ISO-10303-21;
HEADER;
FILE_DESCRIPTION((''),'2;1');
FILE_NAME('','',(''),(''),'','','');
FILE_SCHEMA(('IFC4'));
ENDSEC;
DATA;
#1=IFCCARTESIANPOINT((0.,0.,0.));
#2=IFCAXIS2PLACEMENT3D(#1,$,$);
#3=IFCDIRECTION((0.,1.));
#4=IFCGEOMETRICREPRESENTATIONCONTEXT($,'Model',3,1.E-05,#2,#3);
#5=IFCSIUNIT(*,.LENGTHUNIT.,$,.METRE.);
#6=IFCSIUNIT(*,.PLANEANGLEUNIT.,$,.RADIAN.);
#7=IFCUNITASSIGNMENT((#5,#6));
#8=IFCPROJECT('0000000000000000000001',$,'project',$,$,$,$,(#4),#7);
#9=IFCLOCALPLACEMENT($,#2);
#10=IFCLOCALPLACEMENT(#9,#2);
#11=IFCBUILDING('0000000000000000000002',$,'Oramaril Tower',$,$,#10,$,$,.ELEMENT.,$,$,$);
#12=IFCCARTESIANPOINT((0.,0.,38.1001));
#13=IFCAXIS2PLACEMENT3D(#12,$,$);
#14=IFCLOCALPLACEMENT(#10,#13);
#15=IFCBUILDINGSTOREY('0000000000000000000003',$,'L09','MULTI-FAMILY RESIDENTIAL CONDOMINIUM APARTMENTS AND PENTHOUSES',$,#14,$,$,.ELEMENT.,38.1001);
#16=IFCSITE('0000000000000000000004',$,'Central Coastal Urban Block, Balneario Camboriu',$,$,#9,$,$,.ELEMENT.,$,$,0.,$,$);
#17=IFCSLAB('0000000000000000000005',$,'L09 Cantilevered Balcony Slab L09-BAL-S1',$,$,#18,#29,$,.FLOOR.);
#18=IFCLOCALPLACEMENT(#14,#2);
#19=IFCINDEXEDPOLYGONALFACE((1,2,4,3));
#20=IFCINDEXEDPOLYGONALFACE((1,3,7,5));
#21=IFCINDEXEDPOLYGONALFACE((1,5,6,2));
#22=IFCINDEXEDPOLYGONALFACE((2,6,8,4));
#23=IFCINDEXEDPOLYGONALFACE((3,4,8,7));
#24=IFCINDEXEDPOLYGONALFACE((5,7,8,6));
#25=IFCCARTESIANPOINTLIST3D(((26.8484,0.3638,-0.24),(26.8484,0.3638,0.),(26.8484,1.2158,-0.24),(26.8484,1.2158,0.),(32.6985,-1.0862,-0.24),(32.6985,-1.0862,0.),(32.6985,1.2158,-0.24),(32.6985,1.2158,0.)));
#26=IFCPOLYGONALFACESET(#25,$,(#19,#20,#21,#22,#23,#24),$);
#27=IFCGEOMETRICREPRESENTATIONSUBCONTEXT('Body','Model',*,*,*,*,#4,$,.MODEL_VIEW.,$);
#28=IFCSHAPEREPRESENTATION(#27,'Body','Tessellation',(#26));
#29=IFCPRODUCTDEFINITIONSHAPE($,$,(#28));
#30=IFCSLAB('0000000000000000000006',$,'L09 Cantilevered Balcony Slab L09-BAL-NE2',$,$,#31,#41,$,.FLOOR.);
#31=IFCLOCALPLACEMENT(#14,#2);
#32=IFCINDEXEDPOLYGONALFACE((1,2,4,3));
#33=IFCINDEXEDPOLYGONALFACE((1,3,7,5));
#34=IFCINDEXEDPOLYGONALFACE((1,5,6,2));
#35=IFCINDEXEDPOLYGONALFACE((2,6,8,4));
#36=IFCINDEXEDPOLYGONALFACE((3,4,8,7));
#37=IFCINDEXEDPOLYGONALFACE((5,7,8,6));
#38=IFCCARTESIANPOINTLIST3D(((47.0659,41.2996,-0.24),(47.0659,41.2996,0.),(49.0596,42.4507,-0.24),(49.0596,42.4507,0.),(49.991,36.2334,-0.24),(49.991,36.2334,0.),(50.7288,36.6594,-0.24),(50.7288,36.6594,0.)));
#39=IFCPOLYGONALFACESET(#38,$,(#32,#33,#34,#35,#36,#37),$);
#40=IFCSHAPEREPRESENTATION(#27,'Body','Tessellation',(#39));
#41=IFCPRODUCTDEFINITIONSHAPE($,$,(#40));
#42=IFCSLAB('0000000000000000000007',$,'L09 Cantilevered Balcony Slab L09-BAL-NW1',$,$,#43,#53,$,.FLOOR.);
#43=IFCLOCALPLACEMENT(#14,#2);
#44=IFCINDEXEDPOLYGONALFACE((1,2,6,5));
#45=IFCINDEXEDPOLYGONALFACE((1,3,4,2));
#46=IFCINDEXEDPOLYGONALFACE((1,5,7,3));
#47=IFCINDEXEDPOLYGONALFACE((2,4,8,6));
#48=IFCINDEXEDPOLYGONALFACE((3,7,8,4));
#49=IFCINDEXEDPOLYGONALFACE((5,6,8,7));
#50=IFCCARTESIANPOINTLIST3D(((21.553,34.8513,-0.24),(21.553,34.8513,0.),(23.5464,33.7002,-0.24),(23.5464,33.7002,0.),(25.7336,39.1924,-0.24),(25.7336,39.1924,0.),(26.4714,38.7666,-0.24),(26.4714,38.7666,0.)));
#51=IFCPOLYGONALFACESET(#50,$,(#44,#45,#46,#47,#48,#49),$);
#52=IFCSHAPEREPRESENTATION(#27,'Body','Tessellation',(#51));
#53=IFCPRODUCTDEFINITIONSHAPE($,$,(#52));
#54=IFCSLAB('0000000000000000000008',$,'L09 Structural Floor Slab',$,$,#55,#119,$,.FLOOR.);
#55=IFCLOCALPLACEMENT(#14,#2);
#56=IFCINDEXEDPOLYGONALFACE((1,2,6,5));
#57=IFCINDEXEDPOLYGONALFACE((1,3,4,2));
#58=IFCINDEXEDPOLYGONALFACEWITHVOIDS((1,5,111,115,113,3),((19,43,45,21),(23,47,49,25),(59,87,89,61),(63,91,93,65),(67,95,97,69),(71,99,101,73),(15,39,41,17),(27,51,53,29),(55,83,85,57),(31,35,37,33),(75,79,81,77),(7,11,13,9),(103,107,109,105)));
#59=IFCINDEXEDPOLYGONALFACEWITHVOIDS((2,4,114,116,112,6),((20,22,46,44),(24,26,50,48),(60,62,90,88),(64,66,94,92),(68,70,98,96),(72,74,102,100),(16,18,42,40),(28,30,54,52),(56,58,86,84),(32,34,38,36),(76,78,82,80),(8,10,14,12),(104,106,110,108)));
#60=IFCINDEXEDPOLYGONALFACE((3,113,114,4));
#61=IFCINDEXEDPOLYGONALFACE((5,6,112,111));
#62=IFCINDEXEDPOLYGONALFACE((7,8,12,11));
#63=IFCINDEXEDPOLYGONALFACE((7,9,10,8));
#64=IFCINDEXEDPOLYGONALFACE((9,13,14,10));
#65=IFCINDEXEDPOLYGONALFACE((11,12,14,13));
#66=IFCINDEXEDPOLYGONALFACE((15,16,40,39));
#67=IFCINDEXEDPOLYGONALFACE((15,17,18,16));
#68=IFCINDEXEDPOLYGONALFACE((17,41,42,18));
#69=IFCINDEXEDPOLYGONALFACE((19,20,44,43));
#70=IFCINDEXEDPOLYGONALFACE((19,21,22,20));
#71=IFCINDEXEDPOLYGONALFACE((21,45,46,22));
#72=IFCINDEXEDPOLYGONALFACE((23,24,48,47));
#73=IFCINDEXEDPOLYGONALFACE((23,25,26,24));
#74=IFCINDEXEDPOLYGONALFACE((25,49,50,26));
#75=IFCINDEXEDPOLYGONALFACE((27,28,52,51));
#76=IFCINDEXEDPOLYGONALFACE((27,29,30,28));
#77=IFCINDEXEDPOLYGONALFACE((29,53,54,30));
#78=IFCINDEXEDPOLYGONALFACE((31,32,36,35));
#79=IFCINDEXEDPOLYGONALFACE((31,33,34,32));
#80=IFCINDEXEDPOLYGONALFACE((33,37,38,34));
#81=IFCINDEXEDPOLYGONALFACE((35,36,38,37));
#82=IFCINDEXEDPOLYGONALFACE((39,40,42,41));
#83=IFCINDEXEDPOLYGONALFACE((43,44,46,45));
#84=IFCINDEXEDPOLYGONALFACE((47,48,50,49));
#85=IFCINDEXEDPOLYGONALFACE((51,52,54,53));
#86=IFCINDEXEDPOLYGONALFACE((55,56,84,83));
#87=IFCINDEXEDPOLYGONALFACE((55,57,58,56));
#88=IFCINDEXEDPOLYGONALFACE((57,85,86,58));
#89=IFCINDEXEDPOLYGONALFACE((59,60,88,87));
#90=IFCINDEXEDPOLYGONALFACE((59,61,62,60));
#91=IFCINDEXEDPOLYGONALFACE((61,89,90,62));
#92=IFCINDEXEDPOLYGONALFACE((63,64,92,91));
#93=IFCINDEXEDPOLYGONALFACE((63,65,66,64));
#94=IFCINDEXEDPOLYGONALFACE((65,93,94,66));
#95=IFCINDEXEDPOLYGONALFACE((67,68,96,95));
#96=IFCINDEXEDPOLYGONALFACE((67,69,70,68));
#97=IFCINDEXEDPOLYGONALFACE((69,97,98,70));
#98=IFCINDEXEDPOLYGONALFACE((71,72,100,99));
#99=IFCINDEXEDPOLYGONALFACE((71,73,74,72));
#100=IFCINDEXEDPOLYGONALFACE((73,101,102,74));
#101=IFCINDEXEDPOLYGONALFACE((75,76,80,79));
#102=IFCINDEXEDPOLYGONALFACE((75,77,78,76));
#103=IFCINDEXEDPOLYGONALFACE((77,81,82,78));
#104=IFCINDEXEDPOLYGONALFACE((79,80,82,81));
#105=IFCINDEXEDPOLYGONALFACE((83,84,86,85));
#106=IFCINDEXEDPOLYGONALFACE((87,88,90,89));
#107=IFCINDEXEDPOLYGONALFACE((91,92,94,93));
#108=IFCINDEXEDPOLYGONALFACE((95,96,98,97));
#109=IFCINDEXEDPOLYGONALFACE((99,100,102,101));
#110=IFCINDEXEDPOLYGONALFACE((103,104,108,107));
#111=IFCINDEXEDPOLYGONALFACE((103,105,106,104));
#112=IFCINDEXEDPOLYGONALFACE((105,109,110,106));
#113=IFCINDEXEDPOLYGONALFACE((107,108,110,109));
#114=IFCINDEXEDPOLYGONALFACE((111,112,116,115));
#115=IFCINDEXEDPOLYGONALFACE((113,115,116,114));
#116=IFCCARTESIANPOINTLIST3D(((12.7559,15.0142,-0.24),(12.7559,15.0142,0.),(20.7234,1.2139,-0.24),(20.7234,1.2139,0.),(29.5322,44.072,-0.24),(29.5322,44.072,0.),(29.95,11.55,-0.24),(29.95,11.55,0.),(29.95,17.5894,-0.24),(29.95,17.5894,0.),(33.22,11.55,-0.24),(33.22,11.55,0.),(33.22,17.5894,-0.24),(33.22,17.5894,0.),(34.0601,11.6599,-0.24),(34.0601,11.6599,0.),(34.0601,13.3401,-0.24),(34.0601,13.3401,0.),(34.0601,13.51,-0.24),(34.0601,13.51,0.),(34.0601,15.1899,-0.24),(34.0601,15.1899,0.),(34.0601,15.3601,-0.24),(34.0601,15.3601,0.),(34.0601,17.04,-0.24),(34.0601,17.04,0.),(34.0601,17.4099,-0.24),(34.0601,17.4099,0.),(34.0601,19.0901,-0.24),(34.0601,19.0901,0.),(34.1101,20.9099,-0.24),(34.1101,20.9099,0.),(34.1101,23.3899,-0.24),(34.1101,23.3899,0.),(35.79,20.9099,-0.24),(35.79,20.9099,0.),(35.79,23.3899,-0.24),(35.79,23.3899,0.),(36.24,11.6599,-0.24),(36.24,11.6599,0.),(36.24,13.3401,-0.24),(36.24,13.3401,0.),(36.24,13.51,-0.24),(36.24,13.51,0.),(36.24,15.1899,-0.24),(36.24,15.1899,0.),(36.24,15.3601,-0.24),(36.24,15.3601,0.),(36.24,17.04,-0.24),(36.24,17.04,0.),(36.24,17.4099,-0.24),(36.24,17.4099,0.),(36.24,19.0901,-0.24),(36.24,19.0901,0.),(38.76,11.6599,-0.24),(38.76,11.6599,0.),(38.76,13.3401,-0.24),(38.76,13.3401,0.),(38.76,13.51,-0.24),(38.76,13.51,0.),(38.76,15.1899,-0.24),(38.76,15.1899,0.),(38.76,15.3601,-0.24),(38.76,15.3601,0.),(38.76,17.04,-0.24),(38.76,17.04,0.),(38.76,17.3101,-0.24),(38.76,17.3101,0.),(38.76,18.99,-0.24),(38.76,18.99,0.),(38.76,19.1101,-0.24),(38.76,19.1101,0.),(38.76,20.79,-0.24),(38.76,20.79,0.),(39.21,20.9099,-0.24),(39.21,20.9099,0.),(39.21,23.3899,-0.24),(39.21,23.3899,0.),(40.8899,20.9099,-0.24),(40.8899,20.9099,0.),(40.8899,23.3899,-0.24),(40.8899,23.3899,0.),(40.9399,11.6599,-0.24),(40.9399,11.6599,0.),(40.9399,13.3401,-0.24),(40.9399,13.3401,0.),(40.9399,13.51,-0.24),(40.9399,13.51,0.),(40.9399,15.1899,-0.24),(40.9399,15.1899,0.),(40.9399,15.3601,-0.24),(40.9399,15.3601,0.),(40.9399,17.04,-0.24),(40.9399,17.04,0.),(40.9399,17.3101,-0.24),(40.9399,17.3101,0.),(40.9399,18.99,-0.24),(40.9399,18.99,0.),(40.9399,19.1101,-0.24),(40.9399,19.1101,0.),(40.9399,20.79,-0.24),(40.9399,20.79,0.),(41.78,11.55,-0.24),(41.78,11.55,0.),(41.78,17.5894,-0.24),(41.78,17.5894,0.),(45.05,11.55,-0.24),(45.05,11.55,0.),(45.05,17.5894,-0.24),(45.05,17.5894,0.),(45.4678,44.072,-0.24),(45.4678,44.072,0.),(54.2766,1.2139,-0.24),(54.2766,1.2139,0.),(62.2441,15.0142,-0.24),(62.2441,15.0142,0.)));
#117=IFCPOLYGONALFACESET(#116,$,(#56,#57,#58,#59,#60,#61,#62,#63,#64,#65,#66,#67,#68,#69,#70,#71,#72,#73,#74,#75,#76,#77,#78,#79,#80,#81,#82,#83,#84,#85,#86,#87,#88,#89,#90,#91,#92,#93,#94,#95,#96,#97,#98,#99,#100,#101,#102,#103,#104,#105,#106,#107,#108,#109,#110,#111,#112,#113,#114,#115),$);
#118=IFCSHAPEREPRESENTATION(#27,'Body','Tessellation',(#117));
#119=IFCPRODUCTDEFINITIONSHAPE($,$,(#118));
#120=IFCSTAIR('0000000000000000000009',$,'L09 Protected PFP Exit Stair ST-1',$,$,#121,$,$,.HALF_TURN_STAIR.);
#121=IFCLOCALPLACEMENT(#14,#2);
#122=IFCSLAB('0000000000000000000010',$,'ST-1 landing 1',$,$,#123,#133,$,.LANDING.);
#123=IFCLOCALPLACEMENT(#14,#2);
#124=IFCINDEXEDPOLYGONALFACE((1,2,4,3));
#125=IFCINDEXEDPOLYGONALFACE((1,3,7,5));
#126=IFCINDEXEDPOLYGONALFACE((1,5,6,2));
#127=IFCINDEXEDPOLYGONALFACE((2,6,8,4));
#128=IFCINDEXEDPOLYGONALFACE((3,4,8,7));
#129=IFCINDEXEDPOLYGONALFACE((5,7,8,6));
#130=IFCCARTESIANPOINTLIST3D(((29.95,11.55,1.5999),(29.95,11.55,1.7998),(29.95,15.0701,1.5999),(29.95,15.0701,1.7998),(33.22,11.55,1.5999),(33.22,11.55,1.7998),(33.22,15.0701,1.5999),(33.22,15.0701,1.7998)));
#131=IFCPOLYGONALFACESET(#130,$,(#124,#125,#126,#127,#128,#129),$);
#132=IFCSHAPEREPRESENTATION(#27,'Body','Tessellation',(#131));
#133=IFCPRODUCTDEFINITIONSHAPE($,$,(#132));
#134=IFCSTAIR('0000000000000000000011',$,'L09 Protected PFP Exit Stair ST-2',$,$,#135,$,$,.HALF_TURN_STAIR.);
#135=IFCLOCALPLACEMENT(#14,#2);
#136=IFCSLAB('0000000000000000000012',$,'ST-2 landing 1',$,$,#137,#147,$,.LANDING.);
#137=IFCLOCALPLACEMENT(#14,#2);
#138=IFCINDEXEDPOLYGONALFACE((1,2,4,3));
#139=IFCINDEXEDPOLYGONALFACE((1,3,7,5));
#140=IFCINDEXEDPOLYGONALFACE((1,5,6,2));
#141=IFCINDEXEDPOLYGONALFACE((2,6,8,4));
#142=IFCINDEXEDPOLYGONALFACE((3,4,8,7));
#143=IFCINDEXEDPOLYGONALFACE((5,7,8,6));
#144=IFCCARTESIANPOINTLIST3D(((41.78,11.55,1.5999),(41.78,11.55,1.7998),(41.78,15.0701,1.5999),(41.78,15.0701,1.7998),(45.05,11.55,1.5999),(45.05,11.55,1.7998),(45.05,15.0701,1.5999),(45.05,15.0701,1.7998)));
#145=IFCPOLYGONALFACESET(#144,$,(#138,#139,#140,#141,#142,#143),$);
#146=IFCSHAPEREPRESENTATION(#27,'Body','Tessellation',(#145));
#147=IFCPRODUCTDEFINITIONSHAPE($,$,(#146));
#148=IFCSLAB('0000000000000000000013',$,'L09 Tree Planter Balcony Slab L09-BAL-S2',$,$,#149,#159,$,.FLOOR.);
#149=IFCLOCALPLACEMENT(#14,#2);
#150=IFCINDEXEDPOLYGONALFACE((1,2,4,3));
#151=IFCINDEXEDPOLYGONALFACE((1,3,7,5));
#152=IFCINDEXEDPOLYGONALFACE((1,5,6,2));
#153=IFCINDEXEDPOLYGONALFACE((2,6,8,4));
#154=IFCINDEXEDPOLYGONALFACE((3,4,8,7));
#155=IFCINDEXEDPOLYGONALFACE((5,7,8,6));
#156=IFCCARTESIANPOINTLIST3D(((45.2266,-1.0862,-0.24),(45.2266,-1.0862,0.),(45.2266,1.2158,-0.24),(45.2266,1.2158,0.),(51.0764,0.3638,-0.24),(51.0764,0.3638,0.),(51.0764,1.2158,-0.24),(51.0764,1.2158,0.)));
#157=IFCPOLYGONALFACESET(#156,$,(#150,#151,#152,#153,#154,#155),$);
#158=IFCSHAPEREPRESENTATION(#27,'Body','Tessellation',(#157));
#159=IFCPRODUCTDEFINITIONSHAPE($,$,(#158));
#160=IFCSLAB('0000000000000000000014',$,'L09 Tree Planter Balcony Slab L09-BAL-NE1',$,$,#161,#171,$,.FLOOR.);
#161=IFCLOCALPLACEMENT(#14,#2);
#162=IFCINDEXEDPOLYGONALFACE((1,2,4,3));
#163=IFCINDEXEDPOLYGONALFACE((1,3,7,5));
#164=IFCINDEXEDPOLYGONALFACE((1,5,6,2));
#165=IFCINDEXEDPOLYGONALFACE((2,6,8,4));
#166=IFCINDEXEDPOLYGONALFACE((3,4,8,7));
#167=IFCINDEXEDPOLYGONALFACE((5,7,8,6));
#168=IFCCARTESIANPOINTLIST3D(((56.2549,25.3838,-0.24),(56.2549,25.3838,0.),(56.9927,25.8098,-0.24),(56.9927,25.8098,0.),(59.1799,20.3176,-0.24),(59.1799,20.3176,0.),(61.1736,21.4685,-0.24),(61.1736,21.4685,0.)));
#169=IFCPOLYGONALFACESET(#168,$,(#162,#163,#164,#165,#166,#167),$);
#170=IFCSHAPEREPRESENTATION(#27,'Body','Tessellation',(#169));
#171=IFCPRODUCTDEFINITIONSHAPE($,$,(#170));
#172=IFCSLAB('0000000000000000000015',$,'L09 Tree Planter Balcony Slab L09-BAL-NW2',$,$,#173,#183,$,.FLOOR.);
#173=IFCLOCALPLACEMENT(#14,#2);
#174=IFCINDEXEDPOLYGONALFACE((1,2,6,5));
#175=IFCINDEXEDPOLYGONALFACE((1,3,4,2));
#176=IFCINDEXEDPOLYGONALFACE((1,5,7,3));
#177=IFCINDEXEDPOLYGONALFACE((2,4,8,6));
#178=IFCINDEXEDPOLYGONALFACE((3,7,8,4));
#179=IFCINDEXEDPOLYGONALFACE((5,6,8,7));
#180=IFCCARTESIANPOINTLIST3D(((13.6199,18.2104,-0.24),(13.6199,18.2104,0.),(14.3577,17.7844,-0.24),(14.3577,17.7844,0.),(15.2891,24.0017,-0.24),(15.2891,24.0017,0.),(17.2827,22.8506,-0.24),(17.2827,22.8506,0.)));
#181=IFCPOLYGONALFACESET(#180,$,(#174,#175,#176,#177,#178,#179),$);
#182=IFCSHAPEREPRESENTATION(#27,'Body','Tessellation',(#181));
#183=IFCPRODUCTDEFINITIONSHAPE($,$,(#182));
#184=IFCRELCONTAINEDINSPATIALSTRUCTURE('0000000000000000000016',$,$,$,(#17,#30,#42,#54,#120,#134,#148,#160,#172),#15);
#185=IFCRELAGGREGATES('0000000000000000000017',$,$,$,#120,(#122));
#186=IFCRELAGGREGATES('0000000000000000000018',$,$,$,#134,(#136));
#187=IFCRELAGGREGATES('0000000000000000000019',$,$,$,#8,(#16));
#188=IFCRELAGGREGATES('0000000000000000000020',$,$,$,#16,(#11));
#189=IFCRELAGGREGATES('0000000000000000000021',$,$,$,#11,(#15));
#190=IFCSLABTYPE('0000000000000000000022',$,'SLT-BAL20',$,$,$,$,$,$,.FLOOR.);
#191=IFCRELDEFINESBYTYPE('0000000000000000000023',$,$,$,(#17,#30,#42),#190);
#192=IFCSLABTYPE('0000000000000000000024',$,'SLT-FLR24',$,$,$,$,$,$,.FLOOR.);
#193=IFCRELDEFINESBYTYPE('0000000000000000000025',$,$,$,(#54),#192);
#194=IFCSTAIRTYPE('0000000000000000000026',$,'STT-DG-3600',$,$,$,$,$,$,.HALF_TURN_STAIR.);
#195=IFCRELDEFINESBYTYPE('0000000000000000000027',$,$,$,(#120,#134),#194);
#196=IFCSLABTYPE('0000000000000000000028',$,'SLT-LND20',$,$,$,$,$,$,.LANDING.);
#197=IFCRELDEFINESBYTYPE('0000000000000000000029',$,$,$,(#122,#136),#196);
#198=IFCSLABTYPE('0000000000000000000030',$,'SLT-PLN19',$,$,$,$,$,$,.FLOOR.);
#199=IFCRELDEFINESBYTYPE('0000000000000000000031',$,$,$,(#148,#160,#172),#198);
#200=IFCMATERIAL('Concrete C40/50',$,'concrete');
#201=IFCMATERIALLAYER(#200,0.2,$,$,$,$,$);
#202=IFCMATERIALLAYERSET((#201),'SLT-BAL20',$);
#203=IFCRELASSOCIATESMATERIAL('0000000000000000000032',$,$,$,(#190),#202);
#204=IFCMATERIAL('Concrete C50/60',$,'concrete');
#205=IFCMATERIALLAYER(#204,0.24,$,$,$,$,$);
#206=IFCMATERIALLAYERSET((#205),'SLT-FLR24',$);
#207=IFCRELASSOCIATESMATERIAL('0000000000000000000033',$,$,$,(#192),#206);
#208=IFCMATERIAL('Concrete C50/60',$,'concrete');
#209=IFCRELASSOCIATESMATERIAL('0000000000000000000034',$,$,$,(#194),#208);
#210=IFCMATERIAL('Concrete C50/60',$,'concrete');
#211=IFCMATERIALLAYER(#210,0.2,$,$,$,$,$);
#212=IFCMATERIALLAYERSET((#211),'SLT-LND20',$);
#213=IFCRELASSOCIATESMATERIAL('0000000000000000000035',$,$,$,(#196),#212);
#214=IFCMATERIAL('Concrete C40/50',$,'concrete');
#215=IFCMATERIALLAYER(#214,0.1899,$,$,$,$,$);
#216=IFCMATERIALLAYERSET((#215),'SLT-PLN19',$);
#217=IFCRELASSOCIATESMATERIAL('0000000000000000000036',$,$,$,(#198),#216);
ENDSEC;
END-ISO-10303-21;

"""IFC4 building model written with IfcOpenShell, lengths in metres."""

from ifc_helpers import new_model, si_unit, direction, frame, origin, place, context, subcontext, project, spatial, polyline, outline, extrude, material, layer, layer_set, type_object, element, aggregate, save


model = new_model("IFC4")

# Units and contexts
model_context = context("Model", 3, precision=1e-05, world=origin(), true_north=direction((0.0, 1.0)))
body_context = subcontext(model_context, "Body", "Model", "MODEL_VIEW")
ifc_project = project(units=[si_unit("LENGTHUNIT", "METRE"), si_unit("PLANEANGLEUNIT", "RADIAN")], contexts=[model_context])

# Site, building, storey
site_placement = place(None, origin())
site = spatial("IfcSite", under=ifc_project, at=site_placement, Name="Central Coastal Urban Block, Balneario Camboriu", CompositionType="ELEMENT", RefElevation=0.0)
building_placement = place(site_placement, origin())
building = spatial("IfcBuilding", under=site, at=building_placement, Name="Oramaril Tower", CompositionType="ELEMENT")
storey_placement = place(building_placement, frame((0.0, 0.0, 38.1001)))
storey = spatial("IfcBuildingStorey", under=building, at=storey_placement, Name="L09", Description="MULTI-FAMILY RESIDENTIAL CONDOMINIUM APARTMENTS AND PENTHOUSES", CompositionType="ELEMENT", Elevation=38.1001)

# Slabs
ifc_material_1 = material(Name="Concrete C40/50", Category="concrete")
ifc_layer_1 = layer(ifc_material_1, 0.2)
ifc_layer_set_1 = layer_set([ifc_layer_1], Name="SLT-BAL20")
slab_type_1 = type_object("IfcSlabType", Name="SLT-BAL20", PredefinedType="FLOOR", material=ifc_layer_set_1)
slab_1_placement = place(storey_placement, frame((0.0, 0.0, -0.24)))
element("IfcSlab", 1, at=slab_1_placement, inside=storey, type_object=slab_type_1, Name="L09 Cantilevered Balcony Slab L09-BAL-S1", PredefinedType="FLOOR", context=body_context, shape_type="SweptSolid", body=[
    extrude(outline(polyline([(26.8484, 1.2158), (32.6985, 1.2158), (32.6985, -1.0862), (26.8484, 0.3638), (26.8484, 1.2158)])), origin(), (0.0, 0.0, 1.0), 0.24),
])
slab_2_placement = place(storey_placement, frame((0.0, 0.0, -0.24)))
element("IfcSlab", 2, at=slab_2_placement, inside=storey, type_object=slab_type_1, Name="L09 Cantilevered Balcony Slab L09-BAL-NE2", PredefinedType="FLOOR", context=body_context, shape_type="SweptSolid", body=[
    extrude(outline(polyline([(49.991, 36.2334), (47.0659, 41.2996), (49.0596, 42.4507), (50.7288, 36.6594), (49.991, 36.2334)])), origin(), (0.0, 0.0, 1.0), 0.24),
])
slab_3_placement = place(storey_placement, frame((0.0, 0.0, -0.24)))
element("IfcSlab", 3, at=slab_3_placement, inside=storey, type_object=slab_type_1, Name="L09 Cantilevered Balcony Slab L09-BAL-NW1", PredefinedType="FLOOR", context=body_context, shape_type="SweptSolid", body=[
    extrude(outline(polyline([(26.4714, 38.7666), (23.5464, 33.7002), (21.553, 34.8513), (25.7336, 39.1924), (26.4714, 38.7666)])), origin(), (0.0, 0.0, 1.0), 0.24),
])
ifc_material_2 = material(Name="Concrete C50/60", Category="concrete")
ifc_layer_2 = layer(ifc_material_2, 0.24)
ifc_layer_set_2 = layer_set([ifc_layer_2], Name="SLT-FLR24")
slab_type_2 = type_object("IfcSlabType", Name="SLT-FLR24", PredefinedType="FLOOR", material=ifc_layer_set_2)
slab_4_placement = place(storey_placement, frame((0.0, 0.0, -0.24)))
element("IfcSlab", 4, at=slab_4_placement, inside=storey, type_object=slab_type_2, Name="L09 Structural Floor Slab", PredefinedType="FLOOR", context=body_context, shape_type="SweptSolid", body=[
    extrude(outline(polyline([(12.7559, 15.0142), (20.7234, 1.2139), (54.2766, 1.2139), (62.2441, 15.0142), (45.4678, 44.072), (29.5322, 44.072), (12.7559, 15.0142)]), holes=[polyline([(29.95, 17.5894), (29.95, 11.55), (33.22, 11.55), (33.22, 17.5894), (29.95, 17.5894)]), polyline([(41.78, 17.5894), (41.78, 11.55), (45.05, 11.55), (45.05, 17.5894), (41.78, 17.5894)]), polyline([(34.1101, 20.9099), (35.79, 20.9099), (35.79, 23.3899), (34.1101, 23.3899), (34.1101, 20.9099)]), polyline([(39.21, 20.9099), (40.8899, 20.9099), (40.8899, 23.3899), (39.21, 23.3899), (39.21, 20.9099)]), polyline([(34.0601, 11.6599), (36.24, 11.6599), (36.24, 13.3401), (34.0601, 13.3401), (34.0601, 11.6599)]), polyline([(34.0601, 13.51), (36.24, 13.51), (36.24, 15.1899), (34.0601, 15.1899), (34.0601, 13.51)]), polyline([(34.0601, 15.3601), (36.24, 15.3601), (36.24, 17.04), (34.0601, 17.04), (34.0601, 15.3601)]), polyline([(38.76, 11.6599), (40.9399, 11.6599), (40.9399, 13.3401), (38.76, 13.3401), (38.76, 11.6599)]), polyline([(38.76, 13.51), (40.9399, 13.51), (40.9399, 15.1899), (38.76, 15.1899), (38.76, 13.51)]), polyline([(38.76, 15.3601), (40.9399, 15.3601), (40.9399, 17.04), (38.76, 17.04), (38.76, 15.3601)]), polyline([(34.0601, 17.4099), (36.24, 17.4099), (36.24, 19.0901), (34.0601, 19.0901), (34.0601, 17.4099)]), polyline([(38.76, 17.3101), (40.9399, 17.3101), (40.9399, 18.99), (38.76, 18.99), (38.76, 17.3101)]), polyline([(38.76, 19.1101), (40.9399, 19.1101), (40.9399, 20.79), (38.76, 20.79), (38.76, 19.1101)])]), origin(), (0.0, 0.0, 1.0), 0.24),
])

# Stairs, slabs
ifc_material_3 = material(Name="Concrete C50/60", Category="concrete")
stair_type = type_object("IfcStairType", Name="STT-DG-3600", PredefinedType="HALF_TURN_STAIR", material=ifc_material_3)
stair_1_placement = place(storey_placement, origin())
stair_1 = element("IfcStair", 5, at=stair_1_placement, inside=storey, type_object=stair_type, Name="L09 Protected PFP Exit Stair ST-1", PredefinedType="HALF_TURN_STAIR")
ifc_material_4 = material(Name="Concrete C50/60", Category="concrete")
ifc_layer_3 = layer(ifc_material_4, 0.2)
ifc_layer_set_3 = layer_set([ifc_layer_3], Name="SLT-LND20")
slab_type_3 = type_object("IfcSlabType", Name="SLT-LND20", PredefinedType="LANDING", material=ifc_layer_set_3)
slab_5_placement = place(storey_placement, frame((0.0, 0.0, 1.5999)))
slab_5 = element("IfcSlab", 6, at=slab_5_placement, type_object=slab_type_3, Name="ST-1 landing 1", PredefinedType="LANDING", context=body_context, shape_type="SweptSolid", body=[
    extrude(outline(polyline([(29.95, 15.0701), (29.95, 11.55), (33.22, 11.55), (33.22, 15.0701), (29.95, 15.0701)])), origin(), (0.0, 0.0, 1.0), 0.2),
])
aggregate(stair_1, [slab_5])
stair_2_placement = place(storey_placement, origin())
stair_2 = element("IfcStair", 7, at=stair_2_placement, inside=storey, type_object=stair_type, Name="L09 Protected PFP Exit Stair ST-2", PredefinedType="HALF_TURN_STAIR")
slab_6_placement = place(storey_placement, frame((0.0, 0.0, 1.5999)))
slab_6 = element("IfcSlab", 8, at=slab_6_placement, type_object=slab_type_3, Name="ST-2 landing 1", PredefinedType="LANDING", context=body_context, shape_type="SweptSolid", body=[
    extrude(outline(polyline([(41.78, 15.0701), (41.78, 11.55), (45.05, 11.55), (45.05, 15.0701), (41.78, 15.0701)])), origin(), (0.0, 0.0, 1.0), 0.2),
])
aggregate(stair_2, [slab_6])

# Slabs
ifc_material_5 = material(Name="Concrete C40/50", Category="concrete")
ifc_layer_4 = layer(ifc_material_5, 0.1899)
ifc_layer_set_4 = layer_set([ifc_layer_4], Name="SLT-PLN19")
slab_type_4 = type_object("IfcSlabType", Name="SLT-PLN19", PredefinedType="FLOOR", material=ifc_layer_set_4)
slab_7_placement = place(storey_placement, frame((0.0, 0.0, -0.24)))
element("IfcSlab", 9, at=slab_7_placement, inside=storey, type_object=slab_type_4, Name="L09 Tree Planter Balcony Slab L09-BAL-S2", PredefinedType="FLOOR", context=body_context, shape_type="SweptSolid", body=[
    extrude(outline(polyline([(45.2266, 1.2158), (51.0764, 1.2158), (51.0764, 0.3638), (45.2266, -1.0862), (45.2266, 1.2158)])), origin(), (0.0, 0.0, 1.0), 0.24),
])
slab_8_placement = place(storey_placement, frame((0.0, 0.0, -0.24)))
element("IfcSlab", 10, at=slab_8_placement, inside=storey, type_object=slab_type_4, Name="L09 Tree Planter Balcony Slab L09-BAL-NE1", PredefinedType="FLOOR", context=body_context, shape_type="SweptSolid", body=[
    extrude(outline(polyline([(59.1799, 20.3176), (56.2549, 25.3838), (56.9927, 25.8098), (61.1736, 21.4685), (59.1799, 20.3176)])), origin(), (0.0, 0.0, 1.0), 0.24),
])
slab_9_placement = place(storey_placement, frame((0.0, 0.0, -0.24)))
element("IfcSlab", 11, at=slab_9_placement, inside=storey, type_object=slab_type_4, Name="L09 Tree Planter Balcony Slab L09-BAL-NW2", PredefinedType="FLOOR", context=body_context, shape_type="SweptSolid", body=[
    extrude(outline(polyline([(17.2827, 22.8506), (14.3577, 17.7844), (13.6199, 18.2104), (15.2891, 24.0017), (17.2827, 22.8506)])), origin(), (0.0, 0.0, 1.0), 0.24),
])

save(model, "model.ifc")
